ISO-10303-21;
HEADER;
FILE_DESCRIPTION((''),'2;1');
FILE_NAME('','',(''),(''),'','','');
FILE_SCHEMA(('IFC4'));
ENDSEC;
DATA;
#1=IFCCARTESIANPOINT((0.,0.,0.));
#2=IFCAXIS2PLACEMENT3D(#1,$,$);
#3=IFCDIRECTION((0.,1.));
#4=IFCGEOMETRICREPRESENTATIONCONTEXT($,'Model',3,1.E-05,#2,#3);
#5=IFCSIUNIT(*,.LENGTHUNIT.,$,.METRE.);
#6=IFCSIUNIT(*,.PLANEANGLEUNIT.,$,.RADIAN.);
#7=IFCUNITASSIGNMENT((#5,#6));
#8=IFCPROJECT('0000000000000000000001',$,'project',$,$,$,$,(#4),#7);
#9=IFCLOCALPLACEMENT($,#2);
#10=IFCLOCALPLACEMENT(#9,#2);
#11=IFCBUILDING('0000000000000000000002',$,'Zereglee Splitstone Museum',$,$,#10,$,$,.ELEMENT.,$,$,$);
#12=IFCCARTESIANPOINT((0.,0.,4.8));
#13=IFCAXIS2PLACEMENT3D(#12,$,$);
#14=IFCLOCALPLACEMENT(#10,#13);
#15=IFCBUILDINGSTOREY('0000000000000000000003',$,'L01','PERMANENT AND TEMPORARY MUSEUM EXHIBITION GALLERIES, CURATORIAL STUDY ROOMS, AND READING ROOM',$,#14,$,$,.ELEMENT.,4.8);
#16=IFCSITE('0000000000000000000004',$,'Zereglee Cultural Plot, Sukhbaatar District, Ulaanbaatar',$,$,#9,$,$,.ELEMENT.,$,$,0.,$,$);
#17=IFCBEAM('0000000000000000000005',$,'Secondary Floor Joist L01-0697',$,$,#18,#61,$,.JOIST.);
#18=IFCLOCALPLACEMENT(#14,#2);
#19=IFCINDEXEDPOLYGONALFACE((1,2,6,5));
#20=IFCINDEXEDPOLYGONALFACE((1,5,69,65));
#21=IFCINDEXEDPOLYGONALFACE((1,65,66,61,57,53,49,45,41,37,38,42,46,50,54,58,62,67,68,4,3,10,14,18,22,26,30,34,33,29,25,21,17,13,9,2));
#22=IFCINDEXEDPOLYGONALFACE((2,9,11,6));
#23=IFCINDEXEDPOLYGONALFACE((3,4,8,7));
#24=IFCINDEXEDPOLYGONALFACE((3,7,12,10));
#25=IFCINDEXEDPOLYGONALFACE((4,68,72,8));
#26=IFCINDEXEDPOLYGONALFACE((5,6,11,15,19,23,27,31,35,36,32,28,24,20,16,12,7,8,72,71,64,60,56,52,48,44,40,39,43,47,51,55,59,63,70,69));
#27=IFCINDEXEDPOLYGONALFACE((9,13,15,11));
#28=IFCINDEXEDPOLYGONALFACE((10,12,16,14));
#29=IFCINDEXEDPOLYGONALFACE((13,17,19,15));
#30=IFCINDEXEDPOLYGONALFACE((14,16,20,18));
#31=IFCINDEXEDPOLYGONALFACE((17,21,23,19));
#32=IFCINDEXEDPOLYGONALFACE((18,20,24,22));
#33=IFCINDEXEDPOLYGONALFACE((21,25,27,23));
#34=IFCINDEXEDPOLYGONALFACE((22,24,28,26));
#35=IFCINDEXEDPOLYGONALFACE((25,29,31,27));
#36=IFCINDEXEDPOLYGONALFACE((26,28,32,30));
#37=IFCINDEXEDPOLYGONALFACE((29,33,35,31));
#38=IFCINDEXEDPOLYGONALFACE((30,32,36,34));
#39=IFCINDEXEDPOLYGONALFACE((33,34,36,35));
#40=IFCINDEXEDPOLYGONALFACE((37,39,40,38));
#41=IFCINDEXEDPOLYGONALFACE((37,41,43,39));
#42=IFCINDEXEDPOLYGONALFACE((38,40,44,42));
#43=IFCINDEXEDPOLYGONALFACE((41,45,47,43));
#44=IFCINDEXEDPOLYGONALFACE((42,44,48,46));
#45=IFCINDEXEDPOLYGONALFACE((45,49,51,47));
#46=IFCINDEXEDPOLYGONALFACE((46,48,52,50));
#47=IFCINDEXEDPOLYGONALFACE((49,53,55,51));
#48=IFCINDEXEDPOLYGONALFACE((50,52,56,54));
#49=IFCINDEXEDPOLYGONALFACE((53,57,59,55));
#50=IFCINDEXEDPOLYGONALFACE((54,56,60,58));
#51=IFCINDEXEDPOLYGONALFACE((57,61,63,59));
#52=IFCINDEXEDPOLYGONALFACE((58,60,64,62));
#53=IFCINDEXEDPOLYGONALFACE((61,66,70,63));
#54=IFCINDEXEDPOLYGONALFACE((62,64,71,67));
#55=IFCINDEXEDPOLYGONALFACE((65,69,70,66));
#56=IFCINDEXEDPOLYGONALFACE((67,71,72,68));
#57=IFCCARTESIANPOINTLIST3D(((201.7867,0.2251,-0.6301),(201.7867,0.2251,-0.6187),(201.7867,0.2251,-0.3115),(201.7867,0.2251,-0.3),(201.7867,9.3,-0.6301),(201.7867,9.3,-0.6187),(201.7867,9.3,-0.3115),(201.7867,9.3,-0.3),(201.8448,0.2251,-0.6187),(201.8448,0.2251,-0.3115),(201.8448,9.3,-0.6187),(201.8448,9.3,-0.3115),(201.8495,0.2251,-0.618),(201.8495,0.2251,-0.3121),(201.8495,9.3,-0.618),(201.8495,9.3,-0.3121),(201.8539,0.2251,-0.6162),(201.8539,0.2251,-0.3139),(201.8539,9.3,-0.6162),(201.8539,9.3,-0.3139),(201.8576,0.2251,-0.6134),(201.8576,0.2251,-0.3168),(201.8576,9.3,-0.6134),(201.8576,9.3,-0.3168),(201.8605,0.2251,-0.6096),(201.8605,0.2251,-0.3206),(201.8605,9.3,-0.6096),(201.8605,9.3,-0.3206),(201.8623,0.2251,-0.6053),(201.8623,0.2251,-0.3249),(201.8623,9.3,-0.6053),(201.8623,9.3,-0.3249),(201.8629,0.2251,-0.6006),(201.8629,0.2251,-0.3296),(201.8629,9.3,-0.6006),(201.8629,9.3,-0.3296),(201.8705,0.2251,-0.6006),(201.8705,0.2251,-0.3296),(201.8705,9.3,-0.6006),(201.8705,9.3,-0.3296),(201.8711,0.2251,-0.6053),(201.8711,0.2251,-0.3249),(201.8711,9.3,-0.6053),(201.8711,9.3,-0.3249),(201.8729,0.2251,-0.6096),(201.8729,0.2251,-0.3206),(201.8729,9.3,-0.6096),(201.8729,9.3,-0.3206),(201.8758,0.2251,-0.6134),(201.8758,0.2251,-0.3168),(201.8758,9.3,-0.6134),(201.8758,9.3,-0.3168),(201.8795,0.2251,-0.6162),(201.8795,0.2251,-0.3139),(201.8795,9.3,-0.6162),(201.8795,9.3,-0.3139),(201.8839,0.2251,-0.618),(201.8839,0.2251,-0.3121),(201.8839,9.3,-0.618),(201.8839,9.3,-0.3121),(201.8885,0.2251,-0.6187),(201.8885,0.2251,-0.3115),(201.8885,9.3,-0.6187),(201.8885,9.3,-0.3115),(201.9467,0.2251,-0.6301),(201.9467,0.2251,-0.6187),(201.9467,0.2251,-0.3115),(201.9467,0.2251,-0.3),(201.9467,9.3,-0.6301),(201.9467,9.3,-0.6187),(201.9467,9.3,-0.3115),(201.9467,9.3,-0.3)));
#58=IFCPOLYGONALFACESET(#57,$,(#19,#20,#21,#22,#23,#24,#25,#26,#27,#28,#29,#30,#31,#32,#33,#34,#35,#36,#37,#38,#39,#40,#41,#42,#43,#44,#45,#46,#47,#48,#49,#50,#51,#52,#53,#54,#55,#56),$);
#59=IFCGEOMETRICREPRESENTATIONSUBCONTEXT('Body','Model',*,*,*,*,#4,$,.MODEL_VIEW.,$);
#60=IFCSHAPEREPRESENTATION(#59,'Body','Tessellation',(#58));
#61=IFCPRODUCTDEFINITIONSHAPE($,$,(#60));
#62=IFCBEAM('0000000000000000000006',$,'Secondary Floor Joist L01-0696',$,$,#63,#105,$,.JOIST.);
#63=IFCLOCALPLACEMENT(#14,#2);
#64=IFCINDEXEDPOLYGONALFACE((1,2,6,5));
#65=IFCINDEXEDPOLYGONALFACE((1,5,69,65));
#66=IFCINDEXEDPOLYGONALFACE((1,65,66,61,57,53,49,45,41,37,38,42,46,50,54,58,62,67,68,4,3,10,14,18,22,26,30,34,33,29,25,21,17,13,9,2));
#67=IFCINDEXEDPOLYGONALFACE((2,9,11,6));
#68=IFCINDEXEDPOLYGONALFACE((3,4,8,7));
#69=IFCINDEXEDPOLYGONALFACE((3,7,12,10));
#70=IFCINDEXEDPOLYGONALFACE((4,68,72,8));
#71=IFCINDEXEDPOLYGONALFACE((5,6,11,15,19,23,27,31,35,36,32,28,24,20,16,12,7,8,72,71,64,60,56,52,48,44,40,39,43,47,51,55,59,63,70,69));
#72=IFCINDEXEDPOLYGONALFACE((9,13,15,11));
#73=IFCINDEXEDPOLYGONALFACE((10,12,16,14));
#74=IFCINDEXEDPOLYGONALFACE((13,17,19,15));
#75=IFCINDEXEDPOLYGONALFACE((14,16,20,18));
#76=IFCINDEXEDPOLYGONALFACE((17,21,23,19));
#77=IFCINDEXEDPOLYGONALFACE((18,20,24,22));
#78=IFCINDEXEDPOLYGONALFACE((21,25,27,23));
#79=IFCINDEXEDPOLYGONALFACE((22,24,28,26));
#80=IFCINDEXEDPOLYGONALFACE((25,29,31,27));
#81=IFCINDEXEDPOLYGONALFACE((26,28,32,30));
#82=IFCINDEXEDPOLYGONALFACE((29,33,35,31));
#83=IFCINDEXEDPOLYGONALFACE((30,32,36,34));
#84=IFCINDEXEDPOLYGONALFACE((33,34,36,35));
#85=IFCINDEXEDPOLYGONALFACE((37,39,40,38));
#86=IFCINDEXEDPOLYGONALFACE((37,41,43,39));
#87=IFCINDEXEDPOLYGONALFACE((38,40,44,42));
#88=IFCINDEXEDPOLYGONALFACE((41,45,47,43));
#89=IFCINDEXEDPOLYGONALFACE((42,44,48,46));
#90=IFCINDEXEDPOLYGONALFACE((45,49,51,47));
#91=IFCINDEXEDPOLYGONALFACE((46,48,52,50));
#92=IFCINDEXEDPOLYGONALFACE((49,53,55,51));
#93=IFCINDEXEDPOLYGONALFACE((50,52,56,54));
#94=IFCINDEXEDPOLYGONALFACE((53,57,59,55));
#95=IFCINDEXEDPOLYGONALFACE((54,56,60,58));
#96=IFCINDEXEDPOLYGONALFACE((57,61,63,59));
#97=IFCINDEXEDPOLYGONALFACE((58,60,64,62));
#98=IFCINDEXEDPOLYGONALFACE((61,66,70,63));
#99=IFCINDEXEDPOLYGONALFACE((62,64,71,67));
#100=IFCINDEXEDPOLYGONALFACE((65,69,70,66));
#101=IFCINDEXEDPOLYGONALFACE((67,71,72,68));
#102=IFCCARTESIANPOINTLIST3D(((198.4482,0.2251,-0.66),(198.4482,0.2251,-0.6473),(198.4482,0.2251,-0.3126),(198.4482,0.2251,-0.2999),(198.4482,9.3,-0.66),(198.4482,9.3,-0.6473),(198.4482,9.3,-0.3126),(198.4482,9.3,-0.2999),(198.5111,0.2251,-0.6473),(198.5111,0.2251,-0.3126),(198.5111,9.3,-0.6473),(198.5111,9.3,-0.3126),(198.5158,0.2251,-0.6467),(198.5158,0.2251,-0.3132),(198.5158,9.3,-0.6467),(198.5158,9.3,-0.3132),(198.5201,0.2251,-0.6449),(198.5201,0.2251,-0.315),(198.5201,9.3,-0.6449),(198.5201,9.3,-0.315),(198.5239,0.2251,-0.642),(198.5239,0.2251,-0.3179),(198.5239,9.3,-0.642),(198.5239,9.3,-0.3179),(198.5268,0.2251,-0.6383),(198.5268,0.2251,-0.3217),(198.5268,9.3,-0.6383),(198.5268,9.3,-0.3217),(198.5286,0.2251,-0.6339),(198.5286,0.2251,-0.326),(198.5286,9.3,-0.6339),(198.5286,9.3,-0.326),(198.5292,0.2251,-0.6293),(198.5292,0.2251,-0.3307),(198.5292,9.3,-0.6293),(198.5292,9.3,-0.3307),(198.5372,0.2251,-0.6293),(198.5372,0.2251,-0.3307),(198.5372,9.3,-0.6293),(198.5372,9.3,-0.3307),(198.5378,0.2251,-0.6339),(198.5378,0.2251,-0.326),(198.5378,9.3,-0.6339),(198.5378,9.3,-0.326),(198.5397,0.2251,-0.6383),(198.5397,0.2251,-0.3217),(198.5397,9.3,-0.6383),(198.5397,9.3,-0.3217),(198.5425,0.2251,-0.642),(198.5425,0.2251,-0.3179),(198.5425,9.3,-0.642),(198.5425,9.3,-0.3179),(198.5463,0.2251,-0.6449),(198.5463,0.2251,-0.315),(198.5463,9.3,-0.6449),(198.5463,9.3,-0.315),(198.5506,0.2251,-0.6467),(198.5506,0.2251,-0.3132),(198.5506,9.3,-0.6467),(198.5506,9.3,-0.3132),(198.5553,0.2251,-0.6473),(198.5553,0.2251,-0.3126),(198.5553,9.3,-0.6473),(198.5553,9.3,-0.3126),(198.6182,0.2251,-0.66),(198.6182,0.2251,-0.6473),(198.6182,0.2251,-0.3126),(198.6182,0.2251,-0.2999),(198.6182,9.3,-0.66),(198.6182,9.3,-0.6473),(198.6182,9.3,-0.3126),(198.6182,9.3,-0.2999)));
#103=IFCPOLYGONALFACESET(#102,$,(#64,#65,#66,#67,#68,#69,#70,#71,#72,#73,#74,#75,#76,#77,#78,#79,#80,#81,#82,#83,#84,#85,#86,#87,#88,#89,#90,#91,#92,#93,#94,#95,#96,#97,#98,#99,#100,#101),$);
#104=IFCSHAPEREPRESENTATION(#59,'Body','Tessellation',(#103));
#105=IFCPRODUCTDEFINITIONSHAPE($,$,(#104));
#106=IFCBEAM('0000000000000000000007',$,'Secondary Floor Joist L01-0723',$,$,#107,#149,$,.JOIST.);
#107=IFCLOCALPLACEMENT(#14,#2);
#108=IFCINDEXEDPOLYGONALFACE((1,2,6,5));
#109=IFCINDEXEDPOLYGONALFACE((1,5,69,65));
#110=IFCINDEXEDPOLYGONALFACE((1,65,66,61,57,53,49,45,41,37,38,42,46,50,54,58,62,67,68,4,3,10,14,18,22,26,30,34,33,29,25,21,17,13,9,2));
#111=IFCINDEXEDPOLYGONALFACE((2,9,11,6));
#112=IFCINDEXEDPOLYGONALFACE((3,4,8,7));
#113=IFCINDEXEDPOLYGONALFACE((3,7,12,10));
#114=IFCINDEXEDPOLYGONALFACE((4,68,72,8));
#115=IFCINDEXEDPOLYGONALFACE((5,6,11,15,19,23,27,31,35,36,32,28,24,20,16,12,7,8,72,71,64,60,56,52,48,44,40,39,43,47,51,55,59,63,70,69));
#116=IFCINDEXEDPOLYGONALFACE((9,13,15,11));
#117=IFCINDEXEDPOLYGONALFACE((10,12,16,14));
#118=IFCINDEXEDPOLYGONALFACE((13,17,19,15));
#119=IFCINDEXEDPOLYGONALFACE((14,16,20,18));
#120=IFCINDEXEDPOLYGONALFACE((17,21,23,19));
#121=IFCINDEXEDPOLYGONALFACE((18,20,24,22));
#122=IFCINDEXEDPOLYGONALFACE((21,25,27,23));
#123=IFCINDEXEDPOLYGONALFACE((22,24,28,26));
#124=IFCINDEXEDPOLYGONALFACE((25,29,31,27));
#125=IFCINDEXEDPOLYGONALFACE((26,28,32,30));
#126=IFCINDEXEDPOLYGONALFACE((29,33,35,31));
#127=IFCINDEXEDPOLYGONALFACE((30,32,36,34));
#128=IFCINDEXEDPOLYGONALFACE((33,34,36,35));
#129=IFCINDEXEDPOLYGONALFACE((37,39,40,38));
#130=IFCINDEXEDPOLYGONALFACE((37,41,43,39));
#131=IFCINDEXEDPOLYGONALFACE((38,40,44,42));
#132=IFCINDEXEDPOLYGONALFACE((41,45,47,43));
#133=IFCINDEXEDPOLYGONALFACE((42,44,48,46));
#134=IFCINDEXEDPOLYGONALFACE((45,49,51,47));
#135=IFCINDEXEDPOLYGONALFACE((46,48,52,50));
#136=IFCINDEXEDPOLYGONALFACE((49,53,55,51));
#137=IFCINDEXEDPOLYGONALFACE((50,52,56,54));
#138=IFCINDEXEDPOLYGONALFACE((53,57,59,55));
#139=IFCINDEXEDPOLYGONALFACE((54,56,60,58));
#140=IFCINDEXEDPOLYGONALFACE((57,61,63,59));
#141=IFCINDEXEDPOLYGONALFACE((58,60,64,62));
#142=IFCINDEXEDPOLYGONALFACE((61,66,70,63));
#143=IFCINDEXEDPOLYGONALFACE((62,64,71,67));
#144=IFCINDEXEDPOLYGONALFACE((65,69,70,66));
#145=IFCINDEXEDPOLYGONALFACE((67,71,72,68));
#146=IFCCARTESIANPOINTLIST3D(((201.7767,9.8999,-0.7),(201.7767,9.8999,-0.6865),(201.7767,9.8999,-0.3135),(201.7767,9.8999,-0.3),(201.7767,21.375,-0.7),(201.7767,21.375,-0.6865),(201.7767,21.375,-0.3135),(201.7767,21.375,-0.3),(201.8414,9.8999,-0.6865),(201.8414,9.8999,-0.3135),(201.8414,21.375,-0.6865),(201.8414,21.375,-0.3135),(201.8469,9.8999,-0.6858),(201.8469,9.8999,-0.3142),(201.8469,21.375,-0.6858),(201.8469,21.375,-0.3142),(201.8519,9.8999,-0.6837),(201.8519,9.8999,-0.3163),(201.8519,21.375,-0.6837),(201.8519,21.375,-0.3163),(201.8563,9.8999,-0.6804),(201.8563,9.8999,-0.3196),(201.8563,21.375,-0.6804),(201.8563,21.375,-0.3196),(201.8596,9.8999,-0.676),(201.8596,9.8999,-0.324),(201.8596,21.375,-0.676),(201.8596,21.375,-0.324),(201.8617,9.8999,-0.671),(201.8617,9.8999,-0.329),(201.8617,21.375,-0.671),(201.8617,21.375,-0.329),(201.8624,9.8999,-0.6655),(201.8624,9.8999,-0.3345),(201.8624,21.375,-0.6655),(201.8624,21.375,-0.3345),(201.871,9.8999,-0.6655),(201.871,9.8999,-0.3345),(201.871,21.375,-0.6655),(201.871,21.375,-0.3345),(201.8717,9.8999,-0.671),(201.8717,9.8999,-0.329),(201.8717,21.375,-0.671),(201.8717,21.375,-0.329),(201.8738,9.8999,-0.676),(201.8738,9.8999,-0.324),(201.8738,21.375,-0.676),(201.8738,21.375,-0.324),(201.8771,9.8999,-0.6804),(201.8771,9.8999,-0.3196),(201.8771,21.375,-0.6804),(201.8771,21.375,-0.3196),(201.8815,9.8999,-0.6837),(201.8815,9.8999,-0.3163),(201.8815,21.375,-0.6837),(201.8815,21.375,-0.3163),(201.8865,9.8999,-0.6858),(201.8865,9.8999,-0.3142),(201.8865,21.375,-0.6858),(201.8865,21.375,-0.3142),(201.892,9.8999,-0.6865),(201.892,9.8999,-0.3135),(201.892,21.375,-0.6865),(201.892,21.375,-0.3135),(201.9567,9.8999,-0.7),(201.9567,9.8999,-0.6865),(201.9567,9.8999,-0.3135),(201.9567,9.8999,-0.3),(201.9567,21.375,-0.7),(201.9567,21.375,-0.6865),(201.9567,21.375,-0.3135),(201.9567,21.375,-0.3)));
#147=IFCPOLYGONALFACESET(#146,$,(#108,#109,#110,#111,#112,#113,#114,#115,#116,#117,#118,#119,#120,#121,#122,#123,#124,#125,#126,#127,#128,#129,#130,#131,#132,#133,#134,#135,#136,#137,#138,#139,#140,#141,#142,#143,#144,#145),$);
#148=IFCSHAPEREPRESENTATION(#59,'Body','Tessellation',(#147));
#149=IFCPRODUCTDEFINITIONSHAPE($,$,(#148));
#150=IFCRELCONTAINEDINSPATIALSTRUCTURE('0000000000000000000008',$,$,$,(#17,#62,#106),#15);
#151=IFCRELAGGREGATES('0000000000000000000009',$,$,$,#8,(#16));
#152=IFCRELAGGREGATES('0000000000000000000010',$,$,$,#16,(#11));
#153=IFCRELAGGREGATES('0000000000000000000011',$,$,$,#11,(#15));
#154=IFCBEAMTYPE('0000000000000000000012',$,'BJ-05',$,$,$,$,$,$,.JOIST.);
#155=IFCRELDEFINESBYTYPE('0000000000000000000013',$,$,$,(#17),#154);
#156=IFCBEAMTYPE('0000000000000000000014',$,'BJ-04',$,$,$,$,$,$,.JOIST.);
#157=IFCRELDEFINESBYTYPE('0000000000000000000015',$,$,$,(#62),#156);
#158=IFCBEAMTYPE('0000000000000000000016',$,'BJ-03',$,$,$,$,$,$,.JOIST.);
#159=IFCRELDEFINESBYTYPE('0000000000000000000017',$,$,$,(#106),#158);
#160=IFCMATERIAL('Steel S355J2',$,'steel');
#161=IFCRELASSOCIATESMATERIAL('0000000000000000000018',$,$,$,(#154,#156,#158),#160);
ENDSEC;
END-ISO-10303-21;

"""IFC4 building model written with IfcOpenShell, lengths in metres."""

from ifc_helpers import new_model, si_unit, direction, frame, origin, origin_2d, place, context, subcontext, project, spatial, i_section, extrude, material, material_profile, profile_set, type_object, element, save


model = new_model("IFC4")

# Units and contexts
model_context = context("Model", 3, precision=1e-05, world=origin(), true_north=direction((0.0, 1.0)))
body_context = subcontext(model_context, "Body", "Model", "MODEL_VIEW")
ifc_project = project(units=[si_unit("LENGTHUNIT", "METRE"), si_unit("PLANEANGLEUNIT", "RADIAN")], contexts=[model_context])

# Site, building, storey
site_placement = place(None, origin())
site = spatial("IfcSite", under=ifc_project, at=site_placement, Name="Zereglee Cultural Plot, Sukhbaatar District, Ulaanbaatar", CompositionType="ELEMENT", RefElevation=0.0)
building_placement = place(site_placement, origin())
building = spatial("IfcBuilding", under=site, at=building_placement, Name="Zereglee Splitstone Museum", CompositionType="ELEMENT")
storey_placement = place(building_placement, frame((0.0, 0.0, 4.8)))
storey = spatial("IfcBuildingStorey", under=building, at=storey_placement, Name="L01", Description="PERMANENT AND TEMPORARY MUSEUM EXHIBITION GALLERIES, CURATORIAL STUDY ROOMS, AND READING ROOM", CompositionType="ELEMENT", Elevation=4.8)

# Shared definitions
ifc_material_1 = material(Name="Steel S355J2", Category="steel")

# Beams
ifc_material_profile_1 = material_profile(ifc_material_1, i_section(OverallWidth=0.1599, OverallDepth=0.3301, WebThickness=0.0076, FlangeThickness=0.0115, FilletRadius=0.0181, at=origin_2d()), Name="IPE 330")
ifc_profile_set_1 = profile_set([ifc_material_profile_1], Name="Steel S355J2")
beam_type_1 = type_object("IfcBeamType", Name="BJ-05", PredefinedType="JOIST", material=ifc_profile_set_1)
beam_1_placement = place(storey_placement, frame((201.8667, 0.2251, -0.4651), z_axis=(0.0, 1.0, 0.0), x_axis=(-1.0, 0.0, 0.0)))
element("IfcBeam", 1, at=beam_1_placement, inside=storey, type_object=beam_type_1, Name="Secondary Floor Joist L01-0697", PredefinedType="JOIST", context=body_context, shape_type="SweptSolid", body=[
    extrude(i_section(OverallWidth=0.1599, OverallDepth=0.3301, WebThickness=0.0076, FlangeThickness=0.0115, FilletRadius=0.0181, at=origin_2d()), origin(), (0.0, 0.0, 1.0), 9.075),
])
ifc_material_profile_2 = material_profile(ifc_material_1, i_section(OverallWidth=0.1699, OverallDepth=0.3601, WebThickness=0.0081, FlangeThickness=0.0127, FilletRadius=0.0181, at=origin_2d()), Name="IPE 360")
ifc_profile_set_2 = profile_set([ifc_material_profile_2], Name="Steel S355J2")
beam_type_2 = type_object("IfcBeamType", Name="BJ-04", PredefinedType="JOIST", material=ifc_profile_set_2)
beam_2_placement = place(storey_placement, frame((198.5332, 0.2251, -0.48), z_axis=(0.0, 1.0, 0.0), x_axis=(-1.0, 0.0, 0.0)))
element("IfcBeam", 2, at=beam_2_placement, inside=storey, type_object=beam_type_2, Name="Secondary Floor Joist L01-0696", PredefinedType="JOIST", context=body_context, shape_type="SweptSolid", body=[
    extrude(i_section(OverallWidth=0.1699, OverallDepth=0.3601, WebThickness=0.0081, FlangeThickness=0.0127, FilletRadius=0.0181, at=origin_2d()), origin(), (0.0, 0.0, 1.0), 9.075),
])
ifc_material_profile_3 = material_profile(ifc_material_1, i_section(OverallWidth=0.1799, OverallDepth=0.3999, WebThickness=0.0085, FlangeThickness=0.0134, FilletRadius=0.021, at=origin_2d()), Name="IPE 400")
ifc_profile_set_3 = profile_set([ifc_material_profile_3], Name="Steel S355J2")
beam_type_3 = type_object("IfcBeamType", Name="BJ-03", PredefinedType="JOIST", material=ifc_profile_set_3)
beam_3_placement = place(storey_placement, frame((201.8667, 9.8999, -0.5), z_axis=(0.0, 1.0, 0.0), x_axis=(-1.0, 0.0, 0.0)))
element("IfcBeam", 3, at=beam_3_placement, inside=storey, type_object=beam_type_3, Name="Secondary Floor Joist L01-0723", PredefinedType="JOIST", context=body_context, shape_type="SweptSolid", body=[
    extrude(i_section(OverallWidth=0.1799, OverallDepth=0.3999, WebThickness=0.0085, FlangeThickness=0.0134, FilletRadius=0.021, at=origin_2d()), origin(), (0.0, 0.0, 1.0), 11.4751),
])

save(model, "model.ifc")
